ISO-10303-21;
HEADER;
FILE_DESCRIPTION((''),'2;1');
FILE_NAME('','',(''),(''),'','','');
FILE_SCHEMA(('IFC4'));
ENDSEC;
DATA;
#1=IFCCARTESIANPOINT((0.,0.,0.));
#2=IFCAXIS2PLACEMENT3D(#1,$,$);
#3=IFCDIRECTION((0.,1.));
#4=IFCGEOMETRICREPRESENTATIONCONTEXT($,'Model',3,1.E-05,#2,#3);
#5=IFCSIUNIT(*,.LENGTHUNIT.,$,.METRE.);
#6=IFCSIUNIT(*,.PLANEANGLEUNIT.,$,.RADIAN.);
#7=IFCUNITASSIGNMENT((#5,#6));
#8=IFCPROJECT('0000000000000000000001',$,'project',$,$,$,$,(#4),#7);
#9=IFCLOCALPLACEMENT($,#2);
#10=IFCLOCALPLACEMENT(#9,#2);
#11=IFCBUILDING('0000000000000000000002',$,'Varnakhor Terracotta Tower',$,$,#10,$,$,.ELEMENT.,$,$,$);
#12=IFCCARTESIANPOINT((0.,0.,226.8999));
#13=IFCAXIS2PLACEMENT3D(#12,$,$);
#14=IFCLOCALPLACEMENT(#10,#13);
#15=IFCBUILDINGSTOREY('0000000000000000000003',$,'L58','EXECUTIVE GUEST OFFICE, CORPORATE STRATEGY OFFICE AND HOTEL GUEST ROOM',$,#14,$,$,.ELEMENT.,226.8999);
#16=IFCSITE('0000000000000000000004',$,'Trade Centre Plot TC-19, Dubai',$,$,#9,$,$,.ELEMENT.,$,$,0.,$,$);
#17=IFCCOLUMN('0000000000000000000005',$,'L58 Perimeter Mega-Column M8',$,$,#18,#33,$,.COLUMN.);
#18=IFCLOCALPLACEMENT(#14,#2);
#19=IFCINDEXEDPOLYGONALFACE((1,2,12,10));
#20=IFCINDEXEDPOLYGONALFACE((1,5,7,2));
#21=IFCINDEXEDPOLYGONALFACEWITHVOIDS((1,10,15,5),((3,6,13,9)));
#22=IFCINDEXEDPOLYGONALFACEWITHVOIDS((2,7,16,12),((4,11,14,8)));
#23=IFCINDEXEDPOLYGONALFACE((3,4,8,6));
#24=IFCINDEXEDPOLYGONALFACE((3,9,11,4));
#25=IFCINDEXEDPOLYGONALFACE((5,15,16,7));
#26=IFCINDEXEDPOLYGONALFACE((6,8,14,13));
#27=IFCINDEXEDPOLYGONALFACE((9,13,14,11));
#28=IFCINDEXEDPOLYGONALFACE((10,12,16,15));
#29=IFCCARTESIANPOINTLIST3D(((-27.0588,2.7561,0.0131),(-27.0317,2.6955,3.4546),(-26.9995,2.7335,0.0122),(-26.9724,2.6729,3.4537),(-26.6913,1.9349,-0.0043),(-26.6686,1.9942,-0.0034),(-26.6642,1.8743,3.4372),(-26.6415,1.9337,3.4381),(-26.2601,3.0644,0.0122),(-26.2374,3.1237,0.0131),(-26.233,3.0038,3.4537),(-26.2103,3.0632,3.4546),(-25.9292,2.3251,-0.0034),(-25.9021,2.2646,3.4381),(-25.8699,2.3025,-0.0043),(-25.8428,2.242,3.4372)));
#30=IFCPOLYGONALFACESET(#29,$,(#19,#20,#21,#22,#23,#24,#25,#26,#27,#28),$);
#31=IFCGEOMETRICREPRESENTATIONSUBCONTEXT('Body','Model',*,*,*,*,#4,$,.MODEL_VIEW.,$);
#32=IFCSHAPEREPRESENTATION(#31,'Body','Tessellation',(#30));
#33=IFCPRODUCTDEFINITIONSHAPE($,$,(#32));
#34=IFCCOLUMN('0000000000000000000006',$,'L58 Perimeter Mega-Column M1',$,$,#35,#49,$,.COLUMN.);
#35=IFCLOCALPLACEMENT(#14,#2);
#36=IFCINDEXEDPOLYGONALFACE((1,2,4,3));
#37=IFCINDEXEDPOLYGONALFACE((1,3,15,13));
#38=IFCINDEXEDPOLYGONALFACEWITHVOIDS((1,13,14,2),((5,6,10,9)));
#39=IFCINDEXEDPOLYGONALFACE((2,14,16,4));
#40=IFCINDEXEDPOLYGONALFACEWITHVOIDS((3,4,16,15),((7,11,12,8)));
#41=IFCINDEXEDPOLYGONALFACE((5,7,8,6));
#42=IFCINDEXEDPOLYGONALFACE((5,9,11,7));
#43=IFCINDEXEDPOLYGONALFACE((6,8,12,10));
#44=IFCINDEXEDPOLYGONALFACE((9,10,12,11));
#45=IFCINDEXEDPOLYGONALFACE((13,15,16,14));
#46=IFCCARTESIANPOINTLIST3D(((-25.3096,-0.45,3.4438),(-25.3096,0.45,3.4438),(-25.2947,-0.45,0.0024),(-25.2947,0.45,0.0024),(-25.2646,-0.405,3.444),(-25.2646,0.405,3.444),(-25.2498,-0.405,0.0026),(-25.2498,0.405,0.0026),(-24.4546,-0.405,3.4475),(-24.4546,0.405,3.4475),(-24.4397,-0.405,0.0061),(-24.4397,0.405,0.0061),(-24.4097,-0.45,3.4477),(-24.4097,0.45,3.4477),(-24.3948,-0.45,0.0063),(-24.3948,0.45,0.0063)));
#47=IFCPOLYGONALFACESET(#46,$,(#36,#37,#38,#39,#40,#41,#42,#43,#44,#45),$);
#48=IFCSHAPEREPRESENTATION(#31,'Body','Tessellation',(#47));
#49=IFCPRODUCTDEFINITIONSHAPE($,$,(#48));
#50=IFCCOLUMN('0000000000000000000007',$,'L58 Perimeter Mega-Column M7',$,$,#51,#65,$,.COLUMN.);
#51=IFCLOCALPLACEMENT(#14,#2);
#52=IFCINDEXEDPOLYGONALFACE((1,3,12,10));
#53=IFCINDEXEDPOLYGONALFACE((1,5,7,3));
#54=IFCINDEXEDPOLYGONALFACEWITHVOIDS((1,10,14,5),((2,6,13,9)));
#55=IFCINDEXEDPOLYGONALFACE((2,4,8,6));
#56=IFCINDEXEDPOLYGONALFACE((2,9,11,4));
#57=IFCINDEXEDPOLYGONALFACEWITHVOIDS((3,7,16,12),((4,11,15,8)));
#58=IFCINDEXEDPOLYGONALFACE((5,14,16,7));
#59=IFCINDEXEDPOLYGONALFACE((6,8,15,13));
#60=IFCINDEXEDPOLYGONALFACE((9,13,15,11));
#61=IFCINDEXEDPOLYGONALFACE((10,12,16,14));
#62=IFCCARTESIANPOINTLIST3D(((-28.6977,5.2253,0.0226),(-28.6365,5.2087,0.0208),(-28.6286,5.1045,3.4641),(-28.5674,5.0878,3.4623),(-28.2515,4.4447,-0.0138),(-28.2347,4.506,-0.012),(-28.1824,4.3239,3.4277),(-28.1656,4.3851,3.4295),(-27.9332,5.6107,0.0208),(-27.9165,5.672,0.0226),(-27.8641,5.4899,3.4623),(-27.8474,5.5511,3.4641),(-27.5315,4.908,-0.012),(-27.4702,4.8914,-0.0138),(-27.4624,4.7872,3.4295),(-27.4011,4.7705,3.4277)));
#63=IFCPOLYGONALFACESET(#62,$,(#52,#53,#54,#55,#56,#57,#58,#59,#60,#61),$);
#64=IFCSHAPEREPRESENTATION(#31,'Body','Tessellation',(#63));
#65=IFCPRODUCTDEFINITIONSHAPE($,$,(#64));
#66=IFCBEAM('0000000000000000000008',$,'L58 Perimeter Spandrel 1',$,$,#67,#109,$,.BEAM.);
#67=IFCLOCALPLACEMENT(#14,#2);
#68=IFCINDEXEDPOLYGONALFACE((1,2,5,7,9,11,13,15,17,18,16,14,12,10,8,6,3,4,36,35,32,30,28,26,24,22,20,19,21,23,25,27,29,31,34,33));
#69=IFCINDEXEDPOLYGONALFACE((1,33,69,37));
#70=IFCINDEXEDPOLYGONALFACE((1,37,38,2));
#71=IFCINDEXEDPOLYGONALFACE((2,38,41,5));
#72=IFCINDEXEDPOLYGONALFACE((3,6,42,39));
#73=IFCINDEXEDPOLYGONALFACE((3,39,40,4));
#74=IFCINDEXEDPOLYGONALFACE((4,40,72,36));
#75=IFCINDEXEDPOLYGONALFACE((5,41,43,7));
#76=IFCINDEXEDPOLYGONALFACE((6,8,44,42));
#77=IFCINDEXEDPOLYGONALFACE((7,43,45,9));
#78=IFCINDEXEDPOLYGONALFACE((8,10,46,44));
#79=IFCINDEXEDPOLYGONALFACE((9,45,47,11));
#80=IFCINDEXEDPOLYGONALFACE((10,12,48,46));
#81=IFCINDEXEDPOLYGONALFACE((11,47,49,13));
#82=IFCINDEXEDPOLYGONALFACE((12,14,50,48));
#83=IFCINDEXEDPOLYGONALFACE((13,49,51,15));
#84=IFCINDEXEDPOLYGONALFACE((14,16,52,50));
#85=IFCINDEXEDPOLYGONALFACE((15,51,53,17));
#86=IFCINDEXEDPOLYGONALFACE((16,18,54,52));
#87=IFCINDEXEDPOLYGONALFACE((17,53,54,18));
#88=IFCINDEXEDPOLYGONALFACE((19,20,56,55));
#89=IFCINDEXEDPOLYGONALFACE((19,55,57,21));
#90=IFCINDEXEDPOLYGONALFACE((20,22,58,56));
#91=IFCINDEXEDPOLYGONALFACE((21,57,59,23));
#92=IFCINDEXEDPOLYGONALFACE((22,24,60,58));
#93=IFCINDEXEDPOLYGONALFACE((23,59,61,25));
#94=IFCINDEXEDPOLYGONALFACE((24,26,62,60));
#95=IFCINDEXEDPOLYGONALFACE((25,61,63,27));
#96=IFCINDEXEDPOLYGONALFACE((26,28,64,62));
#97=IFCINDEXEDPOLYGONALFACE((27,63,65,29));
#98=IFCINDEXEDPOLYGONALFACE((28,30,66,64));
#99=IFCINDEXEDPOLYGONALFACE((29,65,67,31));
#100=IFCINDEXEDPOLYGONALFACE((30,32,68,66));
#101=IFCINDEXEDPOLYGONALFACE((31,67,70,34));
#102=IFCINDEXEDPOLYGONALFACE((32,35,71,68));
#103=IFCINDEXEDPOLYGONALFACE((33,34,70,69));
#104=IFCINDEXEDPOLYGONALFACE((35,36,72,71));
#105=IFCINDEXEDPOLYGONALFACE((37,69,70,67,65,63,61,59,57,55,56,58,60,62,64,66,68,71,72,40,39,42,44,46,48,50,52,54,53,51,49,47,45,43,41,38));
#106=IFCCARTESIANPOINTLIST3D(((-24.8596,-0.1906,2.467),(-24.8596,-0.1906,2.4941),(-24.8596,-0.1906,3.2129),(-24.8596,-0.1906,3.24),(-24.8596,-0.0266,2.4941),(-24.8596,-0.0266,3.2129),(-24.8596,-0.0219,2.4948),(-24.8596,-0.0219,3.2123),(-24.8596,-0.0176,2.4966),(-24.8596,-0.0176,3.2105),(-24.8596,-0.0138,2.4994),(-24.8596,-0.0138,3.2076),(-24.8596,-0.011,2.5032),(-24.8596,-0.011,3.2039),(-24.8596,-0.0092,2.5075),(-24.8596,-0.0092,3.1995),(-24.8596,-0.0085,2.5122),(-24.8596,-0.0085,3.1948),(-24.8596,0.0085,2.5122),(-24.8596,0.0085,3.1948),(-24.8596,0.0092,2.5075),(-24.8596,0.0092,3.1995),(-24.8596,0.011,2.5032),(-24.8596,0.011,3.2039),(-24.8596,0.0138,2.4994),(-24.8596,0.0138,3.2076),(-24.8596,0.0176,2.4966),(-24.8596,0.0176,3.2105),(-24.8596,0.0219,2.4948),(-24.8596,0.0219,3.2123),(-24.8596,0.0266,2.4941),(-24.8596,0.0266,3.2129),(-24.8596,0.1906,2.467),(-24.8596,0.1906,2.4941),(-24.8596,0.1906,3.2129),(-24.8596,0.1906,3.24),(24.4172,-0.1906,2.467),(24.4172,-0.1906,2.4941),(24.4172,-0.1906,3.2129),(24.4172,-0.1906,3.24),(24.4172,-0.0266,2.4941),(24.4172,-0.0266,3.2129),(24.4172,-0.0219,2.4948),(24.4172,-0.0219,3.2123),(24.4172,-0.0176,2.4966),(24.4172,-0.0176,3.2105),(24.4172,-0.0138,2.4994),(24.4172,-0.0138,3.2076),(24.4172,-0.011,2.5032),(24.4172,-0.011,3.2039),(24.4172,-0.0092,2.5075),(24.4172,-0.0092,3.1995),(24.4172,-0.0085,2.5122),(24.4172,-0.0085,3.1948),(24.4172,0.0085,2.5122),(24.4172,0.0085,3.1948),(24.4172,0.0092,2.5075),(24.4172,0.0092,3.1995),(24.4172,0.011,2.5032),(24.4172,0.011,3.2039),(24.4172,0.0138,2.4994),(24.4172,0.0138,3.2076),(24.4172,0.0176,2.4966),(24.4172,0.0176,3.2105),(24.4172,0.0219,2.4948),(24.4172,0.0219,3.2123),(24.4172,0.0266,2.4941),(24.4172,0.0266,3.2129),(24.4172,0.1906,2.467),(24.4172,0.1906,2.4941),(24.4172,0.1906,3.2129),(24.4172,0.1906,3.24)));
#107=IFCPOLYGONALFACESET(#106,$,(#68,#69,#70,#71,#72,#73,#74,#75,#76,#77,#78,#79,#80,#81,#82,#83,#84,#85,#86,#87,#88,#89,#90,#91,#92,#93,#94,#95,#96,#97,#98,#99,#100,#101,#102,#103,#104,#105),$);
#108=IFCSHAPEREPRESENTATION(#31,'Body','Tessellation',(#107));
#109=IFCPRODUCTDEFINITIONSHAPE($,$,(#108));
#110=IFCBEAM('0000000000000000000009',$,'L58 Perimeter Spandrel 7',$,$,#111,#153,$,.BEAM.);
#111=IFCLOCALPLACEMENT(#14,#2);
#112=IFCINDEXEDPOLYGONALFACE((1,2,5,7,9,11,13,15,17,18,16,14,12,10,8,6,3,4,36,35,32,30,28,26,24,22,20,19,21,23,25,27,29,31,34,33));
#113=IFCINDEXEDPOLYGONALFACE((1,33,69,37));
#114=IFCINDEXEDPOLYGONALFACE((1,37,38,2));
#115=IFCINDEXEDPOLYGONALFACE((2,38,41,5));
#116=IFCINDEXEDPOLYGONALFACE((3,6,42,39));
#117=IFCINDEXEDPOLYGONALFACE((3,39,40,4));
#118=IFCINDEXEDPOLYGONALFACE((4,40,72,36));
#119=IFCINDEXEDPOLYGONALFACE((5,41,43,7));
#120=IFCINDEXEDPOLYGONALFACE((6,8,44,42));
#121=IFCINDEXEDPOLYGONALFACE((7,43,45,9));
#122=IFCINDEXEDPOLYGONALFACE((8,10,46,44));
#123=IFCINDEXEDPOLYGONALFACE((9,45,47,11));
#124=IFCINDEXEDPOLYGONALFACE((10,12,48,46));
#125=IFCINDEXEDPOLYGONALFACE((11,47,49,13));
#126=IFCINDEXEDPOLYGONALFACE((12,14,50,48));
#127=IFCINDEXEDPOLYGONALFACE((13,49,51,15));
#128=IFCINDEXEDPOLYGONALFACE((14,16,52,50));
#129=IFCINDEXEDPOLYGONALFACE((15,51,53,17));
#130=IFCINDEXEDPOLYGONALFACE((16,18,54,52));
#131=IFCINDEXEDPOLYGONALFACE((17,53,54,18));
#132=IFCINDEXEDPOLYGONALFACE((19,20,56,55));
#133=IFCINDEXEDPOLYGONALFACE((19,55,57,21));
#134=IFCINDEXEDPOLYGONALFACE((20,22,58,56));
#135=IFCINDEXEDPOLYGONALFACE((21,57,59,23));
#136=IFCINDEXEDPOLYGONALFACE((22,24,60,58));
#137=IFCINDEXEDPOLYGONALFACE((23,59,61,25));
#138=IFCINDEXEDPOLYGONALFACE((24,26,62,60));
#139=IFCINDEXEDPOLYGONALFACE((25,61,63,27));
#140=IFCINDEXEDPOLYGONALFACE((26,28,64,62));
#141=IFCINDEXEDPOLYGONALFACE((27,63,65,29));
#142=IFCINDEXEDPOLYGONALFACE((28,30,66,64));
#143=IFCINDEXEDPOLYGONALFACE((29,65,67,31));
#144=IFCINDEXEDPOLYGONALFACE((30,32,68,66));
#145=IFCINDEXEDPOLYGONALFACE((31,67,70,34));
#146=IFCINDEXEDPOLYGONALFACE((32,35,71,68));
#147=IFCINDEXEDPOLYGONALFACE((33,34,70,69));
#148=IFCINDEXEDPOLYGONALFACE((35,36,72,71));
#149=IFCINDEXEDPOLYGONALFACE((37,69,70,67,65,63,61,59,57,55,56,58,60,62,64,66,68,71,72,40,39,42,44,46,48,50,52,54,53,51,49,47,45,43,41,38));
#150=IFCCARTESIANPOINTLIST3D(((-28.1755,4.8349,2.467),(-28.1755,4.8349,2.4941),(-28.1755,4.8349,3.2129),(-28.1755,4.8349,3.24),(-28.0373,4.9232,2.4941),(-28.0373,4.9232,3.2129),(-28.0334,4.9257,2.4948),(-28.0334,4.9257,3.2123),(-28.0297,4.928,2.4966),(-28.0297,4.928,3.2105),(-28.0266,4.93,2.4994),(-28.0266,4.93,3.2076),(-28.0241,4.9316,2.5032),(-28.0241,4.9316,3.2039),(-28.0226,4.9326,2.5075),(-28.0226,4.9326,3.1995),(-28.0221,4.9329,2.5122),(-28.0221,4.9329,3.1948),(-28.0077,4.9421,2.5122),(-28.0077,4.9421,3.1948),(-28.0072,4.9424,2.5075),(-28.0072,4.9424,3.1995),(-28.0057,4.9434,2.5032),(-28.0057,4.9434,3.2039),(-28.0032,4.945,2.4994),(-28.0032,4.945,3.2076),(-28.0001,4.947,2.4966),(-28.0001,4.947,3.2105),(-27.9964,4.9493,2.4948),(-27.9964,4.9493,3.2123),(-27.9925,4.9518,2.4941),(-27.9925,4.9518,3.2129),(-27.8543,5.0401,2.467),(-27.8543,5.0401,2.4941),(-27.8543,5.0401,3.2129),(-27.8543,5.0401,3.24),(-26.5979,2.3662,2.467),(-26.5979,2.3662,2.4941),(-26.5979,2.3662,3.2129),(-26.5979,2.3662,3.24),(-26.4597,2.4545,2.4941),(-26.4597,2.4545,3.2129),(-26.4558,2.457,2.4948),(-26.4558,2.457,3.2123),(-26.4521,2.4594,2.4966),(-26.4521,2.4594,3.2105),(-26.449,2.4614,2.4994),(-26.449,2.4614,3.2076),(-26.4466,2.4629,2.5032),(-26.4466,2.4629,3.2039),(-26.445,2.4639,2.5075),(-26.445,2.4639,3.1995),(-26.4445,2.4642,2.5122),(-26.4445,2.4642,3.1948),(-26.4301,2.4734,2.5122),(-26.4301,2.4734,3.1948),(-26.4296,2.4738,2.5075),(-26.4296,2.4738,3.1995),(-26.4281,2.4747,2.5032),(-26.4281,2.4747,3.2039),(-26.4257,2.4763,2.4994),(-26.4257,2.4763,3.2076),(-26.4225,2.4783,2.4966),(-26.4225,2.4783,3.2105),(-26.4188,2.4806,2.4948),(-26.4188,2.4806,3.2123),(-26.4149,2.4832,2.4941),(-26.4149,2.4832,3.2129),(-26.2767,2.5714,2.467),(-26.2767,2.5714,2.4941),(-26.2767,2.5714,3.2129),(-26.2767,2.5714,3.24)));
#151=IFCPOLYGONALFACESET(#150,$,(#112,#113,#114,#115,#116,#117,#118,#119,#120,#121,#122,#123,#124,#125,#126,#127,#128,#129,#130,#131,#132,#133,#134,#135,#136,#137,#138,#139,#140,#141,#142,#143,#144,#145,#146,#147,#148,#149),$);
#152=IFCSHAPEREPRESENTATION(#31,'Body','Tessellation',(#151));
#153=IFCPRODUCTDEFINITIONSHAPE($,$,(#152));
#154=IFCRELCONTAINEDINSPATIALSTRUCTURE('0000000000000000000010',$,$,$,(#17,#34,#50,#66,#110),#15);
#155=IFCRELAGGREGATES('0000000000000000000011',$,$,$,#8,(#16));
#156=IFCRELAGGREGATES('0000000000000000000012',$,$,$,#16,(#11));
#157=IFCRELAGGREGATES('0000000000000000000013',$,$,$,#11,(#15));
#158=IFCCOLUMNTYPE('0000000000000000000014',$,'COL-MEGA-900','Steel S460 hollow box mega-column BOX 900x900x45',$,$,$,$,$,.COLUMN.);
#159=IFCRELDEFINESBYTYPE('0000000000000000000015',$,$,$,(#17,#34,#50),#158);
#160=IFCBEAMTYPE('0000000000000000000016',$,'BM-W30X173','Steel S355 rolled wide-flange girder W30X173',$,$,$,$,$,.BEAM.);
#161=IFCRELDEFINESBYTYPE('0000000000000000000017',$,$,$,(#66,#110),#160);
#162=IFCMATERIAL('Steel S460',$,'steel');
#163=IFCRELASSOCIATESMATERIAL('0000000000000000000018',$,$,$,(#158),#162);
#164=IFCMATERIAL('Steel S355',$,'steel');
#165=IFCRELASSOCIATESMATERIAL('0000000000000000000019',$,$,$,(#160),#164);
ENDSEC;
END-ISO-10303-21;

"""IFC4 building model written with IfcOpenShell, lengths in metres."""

from ifc_helpers import new_model, si_unit, direction, frame, origin, origin_2d, place, context, subcontext, project, spatial, hollow_rectangle, i_section, extrude, source, transform, mapped, material, material_profile, profile_set, type_object, element, save


model = new_model("IFC4")

# Units and contexts
model_context = context("Model", 3, precision=1e-05, world=origin(), true_north=direction((0.0, 1.0)))
body_context = subcontext(model_context, "Body", "Model", "MODEL_VIEW")
ifc_project = project(units=[si_unit("LENGTHUNIT", "METRE"), si_unit("PLANEANGLEUNIT", "RADIAN")], contexts=[model_context])

# Site, building, storey
site_placement = place(None, origin())
site = spatial("IfcSite", under=ifc_project, at=site_placement, Name="Trade Centre Plot TC-19, Dubai", CompositionType="ELEMENT", RefElevation=0.0)
building_placement = place(site_placement, origin())
building = spatial("IfcBuilding", under=site, at=building_placement, Name="Varnakhor Terracotta Tower", CompositionType="ELEMENT")
storey_placement = place(building_placement, frame((0.0, 0.0, 226.8999)))
storey = spatial("IfcBuildingStorey", under=building, at=storey_placement, Name="L58", Description="EXECUTIVE GUEST OFFICE, CORPORATE STRATEGY OFFICE AND HOTEL GUEST ROOM", CompositionType="ELEMENT", Elevation=226.8999)

# Columns
ifc_material_1 = material(Name="Steel S460", Category="steel")
ifc_material_profile_1 = material_profile(ifc_material_1, hollow_rectangle(XDim=0.8999, YDim=0.8999, WallThickness=0.0449, at=origin_2d()), Name="BOX 900x900x45")
ifc_profile_set_1 = profile_set([ifc_material_profile_1], Name="Steel S460")
column_type = type_object("IfcColumnType", Name="COL-MEGA-900", Description="Steel S460 hollow box mega-column BOX 900x900x45", PredefinedType="COLUMN", material=ifc_profile_set_1)
shared_shape_1 = source(origin(), body_context, "Body", "SweptSolid", [
    extrude(hollow_rectangle(XDim=0.8999, YDim=0.8999, WallThickness=0.0449, at=origin_2d()), origin(), (0.0, 0.0, 1.0), 3.4421),
])
column_1_placement = place(storey_placement, frame((-26.4644, 2.5293, 0.0044), z_axis=(0.007873, -0.01759, 0.999814), x_axis=(0.912746, 0.408527, 0.0)))
element("IfcColumn", 1, at=column_1_placement, inside=storey, type_object=column_type, Name="L58 Perimeter Mega-Column M8", PredefinedType="COLUMN", context=body_context, shape_type="MappedRepresentation", body=[
    mapped(shared_shape_1, transform((0.0, 0.0, 0.0), scale=1.0)),
])
shared_shape_2 = source(origin(), body_context, "Body", "SweptSolid", [
    extrude(hollow_rectangle(XDim=0.8999, YDim=0.8999, WallThickness=0.0449, at=origin_2d()), origin(), (0.0, 0.0, 1.0), 3.4414),
])
column_2_placement = place(storey_placement, frame((-24.8447, 0.0, 0.0044), z_axis=(-0.004327, 0.0, 0.999991), x_axis=(0.0, -1.0, 0.0)))
element("IfcColumn", 2, at=column_2_placement, inside=storey, type_object=column_type, Name="L58 Perimeter Mega-Column M1", PredefinedType="COLUMN", context=body_context, shape_type="MappedRepresentation", body=[
    mapped(shared_shape_2, transform((0.0, 0.0, 0.0), scale=1.0)),
])
shared_shape_3 = source(origin(), body_context, "Body", "SweptSolid", [
    extrude(hollow_rectangle(XDim=0.8999, YDim=0.8999, WallThickness=0.0449, at=origin_2d()), origin(), (0.0, 0.0, 1.0), 3.4443),
])
column_3_placement = place(storey_placement, frame((-28.084, 5.0583, 0.0044), z_axis=(0.02006, -0.035088, 0.999183), x_axis=(0.868135, 0.496328, 0.0)))
element("IfcColumn", 3, at=column_3_placement, inside=storey, type_object=column_type, Name="L58 Perimeter Mega-Column M7", PredefinedType="COLUMN", context=body_context, shape_type="MappedRepresentation", body=[
    mapped(shared_shape_3, transform((0.0, 0.0, 0.0), scale=1.0)),
])

# Beams
ifc_material_2 = material(Name="Steel S355", Category="steel")
ifc_material_profile_2 = material_profile(ifc_material_2, i_section(OverallWidth=0.3811, OverallDepth=0.7729, WebThickness=0.0171, FlangeThickness=0.0271, FilletRadius=0.0181, at=origin_2d()), Name="W30X173")
ifc_profile_set_2 = profile_set([ifc_material_profile_2], Name="Steel S355")
beam_type_1 = type_object("IfcBeamType", Name="BM-W30X173", Description="Steel S355 rolled wide-flange girder W30X173", PredefinedType="BEAM", material=ifc_profile_set_2)
shared_shape_4 = source(origin(), body_context, "Body", "SweptSolid", [
    extrude(i_section(OverallWidth=0.3811, OverallDepth=0.7729, WebThickness=0.0171, FlangeThickness=0.0271, FilletRadius=0.0181, at=origin_2d()), origin(), (0.0, 0.0, 1.0), 49.2769),
])
beam_1_placement = place(storey_placement, frame((-24.8596, 0.0, 2.8535), z_axis=(1.0, 0.0, 0.0), x_axis=(0.0, 1.0, 0.0)))
element("IfcBeam", 4, at=beam_1_placement, inside=storey, type_object=beam_type_1, Name="L58 Perimeter Spandrel 1", PredefinedType="BEAM", context=body_context, shape_type="MappedRepresentation", body=[
    mapped(shared_shape_4, transform((0.0, 0.0, 0.0), scale=1.0)),
])
shared_shape_5 = source(origin(), body_context, "Body", "SweptSolid", [
    extrude(i_section(OverallWidth=0.3811, OverallDepth=0.7729, WebThickness=0.0171, FlangeThickness=0.0271, FilletRadius=0.0181, at=origin_2d()), origin(), (0.0, 0.0, 1.0), 2.9297),
])
for number, where, z_axis, x_axis, name in (
    (5, (-28.0149, 4.9375, 2.8535), (0.538481, -0.842637, 0.0), (0.842637, 0.538481, 0.0), "L58 Perimeter Spandrel 7"),
):
    element("IfcBeam", number, at=place(storey_placement, frame(where, z_axis=z_axis, x_axis=x_axis)), inside=storey, type_object=beam_type_1, Name=name, PredefinedType="BEAM", context=body_context, shape_type="MappedRepresentation", body=[
        mapped(shared_shape_5, transform((0.0, 0.0, 0.0), scale=1.0)),
    ])

save(model, "model.ifc")
